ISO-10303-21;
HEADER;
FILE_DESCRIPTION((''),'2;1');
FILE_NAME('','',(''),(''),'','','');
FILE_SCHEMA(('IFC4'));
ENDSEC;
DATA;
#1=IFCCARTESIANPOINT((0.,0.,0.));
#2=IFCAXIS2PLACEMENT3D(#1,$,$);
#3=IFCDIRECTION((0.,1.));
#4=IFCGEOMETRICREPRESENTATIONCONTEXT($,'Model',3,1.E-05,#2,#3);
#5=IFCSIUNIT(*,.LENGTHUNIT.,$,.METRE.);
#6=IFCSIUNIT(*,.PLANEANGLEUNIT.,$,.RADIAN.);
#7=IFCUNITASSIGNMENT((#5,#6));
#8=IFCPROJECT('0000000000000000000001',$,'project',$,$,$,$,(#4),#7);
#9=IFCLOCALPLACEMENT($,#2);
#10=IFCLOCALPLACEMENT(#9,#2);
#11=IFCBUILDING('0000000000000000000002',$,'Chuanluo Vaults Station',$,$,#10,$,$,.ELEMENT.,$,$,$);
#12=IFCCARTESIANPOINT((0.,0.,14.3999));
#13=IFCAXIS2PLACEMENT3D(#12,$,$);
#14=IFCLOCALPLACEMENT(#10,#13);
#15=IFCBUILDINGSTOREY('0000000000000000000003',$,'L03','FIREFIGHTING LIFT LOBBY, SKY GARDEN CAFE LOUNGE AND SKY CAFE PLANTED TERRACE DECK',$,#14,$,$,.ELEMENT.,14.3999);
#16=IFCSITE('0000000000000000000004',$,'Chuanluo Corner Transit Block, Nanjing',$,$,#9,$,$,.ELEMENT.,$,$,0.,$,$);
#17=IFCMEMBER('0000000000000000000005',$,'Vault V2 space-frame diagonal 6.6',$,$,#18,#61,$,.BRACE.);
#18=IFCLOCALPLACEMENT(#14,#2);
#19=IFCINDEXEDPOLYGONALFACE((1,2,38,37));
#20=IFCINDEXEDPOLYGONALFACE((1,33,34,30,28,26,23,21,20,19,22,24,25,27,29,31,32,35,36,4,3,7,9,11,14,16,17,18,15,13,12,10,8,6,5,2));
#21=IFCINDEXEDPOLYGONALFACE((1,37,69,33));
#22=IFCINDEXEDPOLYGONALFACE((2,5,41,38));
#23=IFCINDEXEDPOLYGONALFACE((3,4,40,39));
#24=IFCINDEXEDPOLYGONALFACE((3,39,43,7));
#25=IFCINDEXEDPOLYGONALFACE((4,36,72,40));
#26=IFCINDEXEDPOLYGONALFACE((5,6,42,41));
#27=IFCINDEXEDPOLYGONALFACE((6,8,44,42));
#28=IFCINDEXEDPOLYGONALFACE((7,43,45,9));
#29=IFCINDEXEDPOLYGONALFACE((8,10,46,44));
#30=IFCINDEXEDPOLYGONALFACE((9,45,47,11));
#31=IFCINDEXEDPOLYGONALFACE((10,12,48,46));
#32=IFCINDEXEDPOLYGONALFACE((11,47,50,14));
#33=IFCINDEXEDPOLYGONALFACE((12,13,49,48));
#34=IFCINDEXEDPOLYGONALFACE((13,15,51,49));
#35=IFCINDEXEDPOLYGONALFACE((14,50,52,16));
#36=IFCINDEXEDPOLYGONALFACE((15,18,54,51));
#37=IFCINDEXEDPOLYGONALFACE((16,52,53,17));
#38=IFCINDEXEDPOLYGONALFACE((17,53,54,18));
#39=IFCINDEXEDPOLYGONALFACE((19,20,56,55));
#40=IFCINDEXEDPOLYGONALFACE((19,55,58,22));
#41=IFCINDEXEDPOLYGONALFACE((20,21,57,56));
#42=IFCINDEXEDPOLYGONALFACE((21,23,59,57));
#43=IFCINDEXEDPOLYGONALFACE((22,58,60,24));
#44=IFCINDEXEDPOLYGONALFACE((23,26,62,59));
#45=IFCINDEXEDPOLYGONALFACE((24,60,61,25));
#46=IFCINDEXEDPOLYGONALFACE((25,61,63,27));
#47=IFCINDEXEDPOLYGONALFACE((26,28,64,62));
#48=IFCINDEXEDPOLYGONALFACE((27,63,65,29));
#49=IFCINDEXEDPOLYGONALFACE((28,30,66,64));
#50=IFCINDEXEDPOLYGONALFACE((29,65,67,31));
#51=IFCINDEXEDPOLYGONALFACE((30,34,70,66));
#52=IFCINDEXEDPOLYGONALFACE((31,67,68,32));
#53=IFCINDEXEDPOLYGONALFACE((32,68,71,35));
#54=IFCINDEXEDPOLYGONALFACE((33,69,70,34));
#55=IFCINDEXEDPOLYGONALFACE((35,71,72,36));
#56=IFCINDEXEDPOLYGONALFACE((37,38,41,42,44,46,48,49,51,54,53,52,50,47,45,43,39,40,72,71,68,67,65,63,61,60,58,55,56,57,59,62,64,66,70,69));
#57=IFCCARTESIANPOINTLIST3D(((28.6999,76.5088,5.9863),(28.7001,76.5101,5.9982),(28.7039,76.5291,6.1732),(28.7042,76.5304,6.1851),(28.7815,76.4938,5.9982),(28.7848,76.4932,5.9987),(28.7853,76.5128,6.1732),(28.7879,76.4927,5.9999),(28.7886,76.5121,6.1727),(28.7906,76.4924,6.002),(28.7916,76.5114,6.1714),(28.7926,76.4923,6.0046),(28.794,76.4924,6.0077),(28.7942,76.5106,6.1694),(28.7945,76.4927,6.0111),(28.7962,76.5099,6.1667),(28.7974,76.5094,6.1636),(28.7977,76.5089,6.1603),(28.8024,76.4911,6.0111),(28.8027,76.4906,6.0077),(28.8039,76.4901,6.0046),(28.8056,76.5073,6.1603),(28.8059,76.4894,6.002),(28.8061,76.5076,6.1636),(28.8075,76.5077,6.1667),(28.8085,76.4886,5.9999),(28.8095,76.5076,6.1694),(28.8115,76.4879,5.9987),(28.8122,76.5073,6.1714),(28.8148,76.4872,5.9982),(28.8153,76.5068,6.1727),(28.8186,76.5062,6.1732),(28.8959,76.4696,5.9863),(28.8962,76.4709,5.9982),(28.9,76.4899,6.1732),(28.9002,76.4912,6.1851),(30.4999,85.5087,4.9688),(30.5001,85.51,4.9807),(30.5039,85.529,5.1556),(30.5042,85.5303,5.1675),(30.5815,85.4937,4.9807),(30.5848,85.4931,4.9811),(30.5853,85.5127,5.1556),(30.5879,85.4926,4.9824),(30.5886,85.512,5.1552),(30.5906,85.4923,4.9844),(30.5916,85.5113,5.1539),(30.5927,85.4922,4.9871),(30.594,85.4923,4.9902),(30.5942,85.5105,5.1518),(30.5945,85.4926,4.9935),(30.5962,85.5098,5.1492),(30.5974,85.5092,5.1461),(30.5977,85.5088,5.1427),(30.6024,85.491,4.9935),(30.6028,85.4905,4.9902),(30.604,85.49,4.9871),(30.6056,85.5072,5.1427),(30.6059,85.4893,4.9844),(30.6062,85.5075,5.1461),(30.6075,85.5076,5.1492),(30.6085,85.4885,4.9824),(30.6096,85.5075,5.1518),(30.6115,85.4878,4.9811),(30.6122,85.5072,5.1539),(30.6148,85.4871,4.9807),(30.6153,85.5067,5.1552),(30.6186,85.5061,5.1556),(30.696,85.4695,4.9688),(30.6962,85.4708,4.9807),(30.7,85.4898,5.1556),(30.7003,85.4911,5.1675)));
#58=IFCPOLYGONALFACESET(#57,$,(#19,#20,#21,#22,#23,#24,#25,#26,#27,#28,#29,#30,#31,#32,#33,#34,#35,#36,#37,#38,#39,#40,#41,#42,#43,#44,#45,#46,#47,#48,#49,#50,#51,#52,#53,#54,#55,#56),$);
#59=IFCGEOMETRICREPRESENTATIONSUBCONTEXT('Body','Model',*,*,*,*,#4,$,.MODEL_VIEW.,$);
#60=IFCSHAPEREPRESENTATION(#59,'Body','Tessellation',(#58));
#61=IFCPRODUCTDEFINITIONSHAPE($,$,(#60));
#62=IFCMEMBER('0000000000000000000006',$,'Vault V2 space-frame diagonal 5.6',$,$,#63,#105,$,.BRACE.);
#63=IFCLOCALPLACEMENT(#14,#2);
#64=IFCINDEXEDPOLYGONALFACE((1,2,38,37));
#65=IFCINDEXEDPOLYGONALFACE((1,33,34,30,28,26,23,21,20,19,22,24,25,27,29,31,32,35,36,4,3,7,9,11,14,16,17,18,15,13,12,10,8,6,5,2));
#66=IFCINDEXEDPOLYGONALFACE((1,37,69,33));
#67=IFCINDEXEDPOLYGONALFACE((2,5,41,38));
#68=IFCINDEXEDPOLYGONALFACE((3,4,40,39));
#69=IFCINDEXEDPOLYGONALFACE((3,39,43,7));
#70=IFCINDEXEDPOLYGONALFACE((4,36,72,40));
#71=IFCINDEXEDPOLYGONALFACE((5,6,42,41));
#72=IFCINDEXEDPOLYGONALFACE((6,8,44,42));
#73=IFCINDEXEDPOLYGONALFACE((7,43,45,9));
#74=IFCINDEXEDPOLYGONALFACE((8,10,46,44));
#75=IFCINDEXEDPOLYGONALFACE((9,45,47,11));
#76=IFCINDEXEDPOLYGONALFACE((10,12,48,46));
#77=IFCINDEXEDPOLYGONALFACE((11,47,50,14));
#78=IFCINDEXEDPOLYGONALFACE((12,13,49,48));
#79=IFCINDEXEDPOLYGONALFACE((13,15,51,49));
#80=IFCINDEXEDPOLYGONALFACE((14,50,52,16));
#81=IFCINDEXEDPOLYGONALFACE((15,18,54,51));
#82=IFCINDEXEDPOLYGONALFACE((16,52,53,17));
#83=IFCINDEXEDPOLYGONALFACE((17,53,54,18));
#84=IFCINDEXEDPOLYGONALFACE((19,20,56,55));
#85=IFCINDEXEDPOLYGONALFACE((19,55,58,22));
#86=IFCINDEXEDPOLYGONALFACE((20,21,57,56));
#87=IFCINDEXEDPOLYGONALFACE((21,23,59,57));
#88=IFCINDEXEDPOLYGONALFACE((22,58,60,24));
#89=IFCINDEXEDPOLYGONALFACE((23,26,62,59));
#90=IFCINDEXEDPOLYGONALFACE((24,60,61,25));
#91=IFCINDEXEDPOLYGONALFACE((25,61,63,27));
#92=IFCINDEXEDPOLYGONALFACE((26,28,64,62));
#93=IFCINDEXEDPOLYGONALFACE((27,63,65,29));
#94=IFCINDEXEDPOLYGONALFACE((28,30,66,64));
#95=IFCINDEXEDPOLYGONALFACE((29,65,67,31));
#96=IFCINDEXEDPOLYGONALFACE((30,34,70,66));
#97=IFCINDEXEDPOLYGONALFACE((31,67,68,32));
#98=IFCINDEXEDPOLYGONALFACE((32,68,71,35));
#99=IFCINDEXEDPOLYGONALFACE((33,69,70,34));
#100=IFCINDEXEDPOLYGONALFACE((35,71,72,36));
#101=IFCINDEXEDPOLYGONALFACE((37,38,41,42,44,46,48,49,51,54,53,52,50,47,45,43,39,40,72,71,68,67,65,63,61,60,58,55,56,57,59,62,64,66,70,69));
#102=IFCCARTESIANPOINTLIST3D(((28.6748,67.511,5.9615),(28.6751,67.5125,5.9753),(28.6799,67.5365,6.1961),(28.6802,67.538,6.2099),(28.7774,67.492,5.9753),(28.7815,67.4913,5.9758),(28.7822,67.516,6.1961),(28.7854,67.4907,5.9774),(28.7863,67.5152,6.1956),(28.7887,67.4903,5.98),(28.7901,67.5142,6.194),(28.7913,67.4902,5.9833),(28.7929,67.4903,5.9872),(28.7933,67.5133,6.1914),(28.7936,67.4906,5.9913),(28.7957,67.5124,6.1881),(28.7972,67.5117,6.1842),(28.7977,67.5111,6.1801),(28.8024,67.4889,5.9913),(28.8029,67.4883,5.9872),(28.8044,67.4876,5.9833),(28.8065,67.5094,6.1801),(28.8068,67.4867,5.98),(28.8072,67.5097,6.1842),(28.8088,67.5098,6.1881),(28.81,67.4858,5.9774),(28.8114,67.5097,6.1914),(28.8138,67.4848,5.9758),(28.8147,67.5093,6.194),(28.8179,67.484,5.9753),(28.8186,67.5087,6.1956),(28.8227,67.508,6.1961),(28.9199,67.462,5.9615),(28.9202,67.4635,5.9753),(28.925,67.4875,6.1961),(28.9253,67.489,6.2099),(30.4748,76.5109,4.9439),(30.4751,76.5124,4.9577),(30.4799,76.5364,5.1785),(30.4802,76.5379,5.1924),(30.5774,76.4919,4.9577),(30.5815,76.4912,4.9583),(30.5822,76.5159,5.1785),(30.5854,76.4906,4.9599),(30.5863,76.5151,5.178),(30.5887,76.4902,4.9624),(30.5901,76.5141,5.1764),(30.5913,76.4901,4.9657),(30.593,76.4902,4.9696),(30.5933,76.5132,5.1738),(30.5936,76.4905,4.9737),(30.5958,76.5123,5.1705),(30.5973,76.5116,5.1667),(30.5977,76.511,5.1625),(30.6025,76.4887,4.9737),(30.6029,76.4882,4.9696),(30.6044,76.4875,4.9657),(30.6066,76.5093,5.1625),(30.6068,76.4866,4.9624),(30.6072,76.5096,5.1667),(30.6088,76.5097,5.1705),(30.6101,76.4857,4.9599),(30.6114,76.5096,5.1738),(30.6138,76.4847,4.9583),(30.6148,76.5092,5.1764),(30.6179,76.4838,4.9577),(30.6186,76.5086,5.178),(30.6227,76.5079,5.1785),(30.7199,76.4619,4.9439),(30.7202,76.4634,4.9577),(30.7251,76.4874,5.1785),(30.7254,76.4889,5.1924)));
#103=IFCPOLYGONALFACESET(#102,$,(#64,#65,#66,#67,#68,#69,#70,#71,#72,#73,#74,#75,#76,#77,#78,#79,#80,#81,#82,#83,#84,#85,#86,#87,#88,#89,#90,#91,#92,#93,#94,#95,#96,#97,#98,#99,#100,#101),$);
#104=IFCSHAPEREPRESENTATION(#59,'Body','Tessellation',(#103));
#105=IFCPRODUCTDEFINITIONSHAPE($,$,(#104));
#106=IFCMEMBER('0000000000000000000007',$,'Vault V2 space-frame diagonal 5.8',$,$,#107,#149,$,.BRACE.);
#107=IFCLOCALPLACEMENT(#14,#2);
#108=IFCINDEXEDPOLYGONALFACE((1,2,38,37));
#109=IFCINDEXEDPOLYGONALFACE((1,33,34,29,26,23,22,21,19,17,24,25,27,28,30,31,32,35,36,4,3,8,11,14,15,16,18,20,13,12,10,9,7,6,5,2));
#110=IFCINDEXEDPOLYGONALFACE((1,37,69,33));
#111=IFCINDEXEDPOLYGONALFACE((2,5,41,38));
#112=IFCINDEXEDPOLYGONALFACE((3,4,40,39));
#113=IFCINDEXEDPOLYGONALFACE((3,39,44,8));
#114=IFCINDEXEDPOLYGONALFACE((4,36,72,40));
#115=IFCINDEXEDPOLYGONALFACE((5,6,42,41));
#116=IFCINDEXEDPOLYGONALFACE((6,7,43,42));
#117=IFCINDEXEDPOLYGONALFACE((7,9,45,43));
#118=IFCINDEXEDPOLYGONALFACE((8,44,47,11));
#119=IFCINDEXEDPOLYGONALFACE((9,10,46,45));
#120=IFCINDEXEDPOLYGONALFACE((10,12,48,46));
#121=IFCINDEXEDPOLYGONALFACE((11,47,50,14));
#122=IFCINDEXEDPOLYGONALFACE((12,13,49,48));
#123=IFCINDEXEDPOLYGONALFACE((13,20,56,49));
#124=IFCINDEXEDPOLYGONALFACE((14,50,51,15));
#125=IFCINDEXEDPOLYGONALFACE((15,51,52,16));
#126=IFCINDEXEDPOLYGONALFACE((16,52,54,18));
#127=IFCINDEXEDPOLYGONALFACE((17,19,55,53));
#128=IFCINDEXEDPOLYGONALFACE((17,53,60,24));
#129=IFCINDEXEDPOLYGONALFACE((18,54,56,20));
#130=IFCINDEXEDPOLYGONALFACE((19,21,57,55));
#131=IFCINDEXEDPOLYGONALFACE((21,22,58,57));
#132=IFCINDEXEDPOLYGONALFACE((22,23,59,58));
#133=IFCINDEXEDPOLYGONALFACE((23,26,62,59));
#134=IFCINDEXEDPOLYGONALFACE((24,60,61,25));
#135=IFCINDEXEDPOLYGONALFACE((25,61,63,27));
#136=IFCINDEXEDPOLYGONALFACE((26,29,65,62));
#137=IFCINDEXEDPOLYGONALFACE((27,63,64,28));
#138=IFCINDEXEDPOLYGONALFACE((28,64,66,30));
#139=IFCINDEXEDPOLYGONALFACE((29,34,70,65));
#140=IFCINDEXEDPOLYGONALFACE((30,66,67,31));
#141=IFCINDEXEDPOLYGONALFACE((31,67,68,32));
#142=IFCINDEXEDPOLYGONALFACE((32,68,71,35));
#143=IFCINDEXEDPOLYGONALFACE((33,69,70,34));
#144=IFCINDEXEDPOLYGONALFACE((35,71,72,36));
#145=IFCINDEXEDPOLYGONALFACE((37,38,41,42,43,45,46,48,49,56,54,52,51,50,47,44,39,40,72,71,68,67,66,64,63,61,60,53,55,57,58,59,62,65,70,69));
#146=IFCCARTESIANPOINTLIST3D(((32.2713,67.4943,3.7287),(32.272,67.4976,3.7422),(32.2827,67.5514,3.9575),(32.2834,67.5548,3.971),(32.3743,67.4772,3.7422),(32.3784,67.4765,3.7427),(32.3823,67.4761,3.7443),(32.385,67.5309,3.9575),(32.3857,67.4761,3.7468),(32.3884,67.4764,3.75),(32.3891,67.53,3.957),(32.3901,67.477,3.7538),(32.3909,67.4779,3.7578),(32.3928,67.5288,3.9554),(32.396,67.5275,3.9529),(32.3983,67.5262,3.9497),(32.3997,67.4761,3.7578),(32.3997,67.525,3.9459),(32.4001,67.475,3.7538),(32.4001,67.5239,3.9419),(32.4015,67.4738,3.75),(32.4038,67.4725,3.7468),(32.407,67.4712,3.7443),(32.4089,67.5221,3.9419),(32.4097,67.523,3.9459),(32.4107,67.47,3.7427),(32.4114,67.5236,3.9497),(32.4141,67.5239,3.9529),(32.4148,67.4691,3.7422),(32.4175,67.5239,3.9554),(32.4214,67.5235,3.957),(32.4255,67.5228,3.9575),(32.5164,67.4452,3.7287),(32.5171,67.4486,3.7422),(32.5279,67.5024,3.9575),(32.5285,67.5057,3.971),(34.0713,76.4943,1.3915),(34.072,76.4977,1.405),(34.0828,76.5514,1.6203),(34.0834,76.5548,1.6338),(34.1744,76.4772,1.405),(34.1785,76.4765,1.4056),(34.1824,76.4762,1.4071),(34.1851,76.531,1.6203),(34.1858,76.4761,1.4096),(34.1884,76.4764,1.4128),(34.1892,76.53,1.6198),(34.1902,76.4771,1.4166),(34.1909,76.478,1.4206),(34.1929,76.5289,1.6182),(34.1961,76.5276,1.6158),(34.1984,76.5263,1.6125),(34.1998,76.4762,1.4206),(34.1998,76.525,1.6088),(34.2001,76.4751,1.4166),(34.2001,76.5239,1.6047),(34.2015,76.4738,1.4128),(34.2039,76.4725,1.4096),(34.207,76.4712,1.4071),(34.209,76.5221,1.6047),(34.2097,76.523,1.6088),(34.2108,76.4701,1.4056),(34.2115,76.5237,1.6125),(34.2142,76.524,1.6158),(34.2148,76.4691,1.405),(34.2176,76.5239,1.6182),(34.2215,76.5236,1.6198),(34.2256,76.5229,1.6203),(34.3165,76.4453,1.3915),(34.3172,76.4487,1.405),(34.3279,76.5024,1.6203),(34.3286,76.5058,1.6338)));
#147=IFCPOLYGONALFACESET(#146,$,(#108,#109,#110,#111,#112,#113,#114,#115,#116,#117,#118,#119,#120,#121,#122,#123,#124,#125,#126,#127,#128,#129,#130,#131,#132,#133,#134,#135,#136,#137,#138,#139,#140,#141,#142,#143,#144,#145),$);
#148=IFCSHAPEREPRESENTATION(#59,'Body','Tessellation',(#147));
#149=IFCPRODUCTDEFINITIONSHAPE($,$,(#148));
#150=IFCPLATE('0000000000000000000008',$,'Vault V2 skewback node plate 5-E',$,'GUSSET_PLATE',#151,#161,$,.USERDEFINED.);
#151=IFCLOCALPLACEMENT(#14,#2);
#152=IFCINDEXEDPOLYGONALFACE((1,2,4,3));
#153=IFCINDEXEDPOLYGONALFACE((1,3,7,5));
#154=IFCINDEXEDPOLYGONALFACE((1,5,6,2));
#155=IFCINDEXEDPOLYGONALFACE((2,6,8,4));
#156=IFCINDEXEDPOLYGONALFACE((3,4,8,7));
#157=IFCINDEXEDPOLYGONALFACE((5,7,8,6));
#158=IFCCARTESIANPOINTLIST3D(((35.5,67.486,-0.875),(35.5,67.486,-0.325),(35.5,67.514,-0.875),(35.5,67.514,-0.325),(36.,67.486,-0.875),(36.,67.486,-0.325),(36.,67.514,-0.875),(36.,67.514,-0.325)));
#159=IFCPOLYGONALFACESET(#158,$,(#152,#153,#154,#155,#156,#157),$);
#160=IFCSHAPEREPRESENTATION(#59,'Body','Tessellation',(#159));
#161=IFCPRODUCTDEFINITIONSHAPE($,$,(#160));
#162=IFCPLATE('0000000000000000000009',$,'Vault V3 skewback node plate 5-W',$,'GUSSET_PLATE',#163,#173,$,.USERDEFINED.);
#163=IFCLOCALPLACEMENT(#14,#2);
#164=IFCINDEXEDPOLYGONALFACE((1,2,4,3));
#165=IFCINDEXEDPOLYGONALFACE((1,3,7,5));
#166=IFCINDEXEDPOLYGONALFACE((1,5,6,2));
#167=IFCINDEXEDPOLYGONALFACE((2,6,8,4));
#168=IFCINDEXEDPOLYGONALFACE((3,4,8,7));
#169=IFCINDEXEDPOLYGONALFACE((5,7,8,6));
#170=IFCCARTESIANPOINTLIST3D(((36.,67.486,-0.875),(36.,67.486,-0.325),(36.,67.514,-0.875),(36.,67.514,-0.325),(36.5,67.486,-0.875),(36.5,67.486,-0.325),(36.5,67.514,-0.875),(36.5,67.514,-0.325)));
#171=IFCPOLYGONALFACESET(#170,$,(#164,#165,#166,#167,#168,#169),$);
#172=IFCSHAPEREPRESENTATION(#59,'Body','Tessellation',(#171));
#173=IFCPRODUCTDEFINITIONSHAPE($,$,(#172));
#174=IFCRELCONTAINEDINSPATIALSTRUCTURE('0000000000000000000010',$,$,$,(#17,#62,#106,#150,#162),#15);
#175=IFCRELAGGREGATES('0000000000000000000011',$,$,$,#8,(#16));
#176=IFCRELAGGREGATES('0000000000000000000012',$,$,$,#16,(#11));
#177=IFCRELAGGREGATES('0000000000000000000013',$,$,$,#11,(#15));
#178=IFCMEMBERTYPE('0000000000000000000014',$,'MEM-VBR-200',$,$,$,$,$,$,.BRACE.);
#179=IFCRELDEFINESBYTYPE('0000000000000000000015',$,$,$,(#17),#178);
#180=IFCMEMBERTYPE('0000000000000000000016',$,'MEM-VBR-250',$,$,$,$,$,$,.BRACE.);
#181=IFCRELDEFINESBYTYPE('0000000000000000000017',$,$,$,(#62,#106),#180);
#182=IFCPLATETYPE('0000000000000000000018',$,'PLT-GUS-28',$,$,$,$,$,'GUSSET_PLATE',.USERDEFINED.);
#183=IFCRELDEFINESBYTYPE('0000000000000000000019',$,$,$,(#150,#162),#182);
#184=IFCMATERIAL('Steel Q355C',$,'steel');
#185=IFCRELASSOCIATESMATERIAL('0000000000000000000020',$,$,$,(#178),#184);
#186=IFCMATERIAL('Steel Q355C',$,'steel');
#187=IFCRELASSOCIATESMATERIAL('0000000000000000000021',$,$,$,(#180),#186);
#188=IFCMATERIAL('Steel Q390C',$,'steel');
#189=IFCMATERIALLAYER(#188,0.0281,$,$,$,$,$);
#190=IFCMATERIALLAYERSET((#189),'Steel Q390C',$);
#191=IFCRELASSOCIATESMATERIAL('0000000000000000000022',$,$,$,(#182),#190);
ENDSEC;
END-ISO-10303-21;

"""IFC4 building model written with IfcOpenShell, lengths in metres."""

from ifc_helpers import new_model, si_unit, direction, frame, origin, origin_2d, place, context, subcontext, project, spatial, rectangle, i_section, extrude, material, layer, layer_set, material_profile, profile_set, type_object, element, save


model = new_model("IFC4")

# Units and contexts
model_context = context("Model", 3, precision=1e-05, world=origin(), true_north=direction((0.0, 1.0)))
body_context = subcontext(model_context, "Body", "Model", "MODEL_VIEW")
ifc_project = project(units=[si_unit("LENGTHUNIT", "METRE"), si_unit("PLANEANGLEUNIT", "RADIAN")], contexts=[model_context])

# Site, building, storey
site_placement = place(None, origin())
site = spatial("IfcSite", under=ifc_project, at=site_placement, Name="Chuanluo Corner Transit Block, Nanjing", CompositionType="ELEMENT", RefElevation=0.0)
building_placement = place(site_placement, origin())
building = spatial("IfcBuilding", under=site, at=building_placement, Name="Chuanluo Vaults Station", CompositionType="ELEMENT")
storey_placement = place(building_placement, frame((0.0, 0.0, 14.3999)))
storey = spatial("IfcBuildingStorey", under=building, at=storey_placement, Name="L03", Description="FIREFIGHTING LIFT LOBBY, SKY GARDEN CAFE LOUNGE AND SKY CAFE PLANTED TERRACE DECK", CompositionType="ELEMENT", Elevation=14.3999)

# Members
ifc_material_1 = material(Name="Steel Q355C", Category="steel")
ifc_material_profile_1 = material_profile(ifc_material_1, i_section(OverallWidth=0.2, OverallDepth=0.2, WebThickness=0.0081, FlangeThickness=0.012, FilletRadius=0.0129, at=origin_2d()))
ifc_profile_set_1 = profile_set([ifc_material_profile_1], Name="Steel Q355C")
member_type_1 = type_object("IfcMemberType", Name="MEM-VBR-200", PredefinedType="BRACE", material=ifc_profile_set_1)
member_1_placement = place(storey_placement, frame((28.8, 76.5, 6.0857), z_axis=(0.194927, 0.974608, -0.110193), x_axis=(-0.98058, 0.196121, 0.0)))
element("IfcMember", 1, at=member_1_placement, inside=storey, type_object=member_type_1, Name="Vault V2 space-frame diagonal 6.6", PredefinedType="BRACE", context=body_context, shape_type="SweptSolid", body=[
    extrude(i_section(OverallWidth=0.2, OverallDepth=0.2, WebThickness=0.0081, FlangeThickness=0.012, FilletRadius=0.0129, at=origin_2d()), origin(), (0.0, 0.0, 1.0), 9.2344),
])
ifc_material_2 = material(Name="Steel Q355C", Category="steel")
ifc_material_profile_2 = material_profile(ifc_material_2, i_section(OverallWidth=0.25, OverallDepth=0.25, WebThickness=0.009, FlangeThickness=0.0139, FilletRadius=0.0161, at=origin_2d()))
ifc_profile_set_2 = profile_set([ifc_material_profile_2], Name="Steel Q355C")
member_type_2 = type_object("IfcMemberType", Name="MEM-VBR-250", PredefinedType="BRACE", material=ifc_profile_set_2)
member_2_placement = place(storey_placement, frame((28.8, 67.5, 6.0857), z_axis=(0.194927, 0.974608, -0.110193), x_axis=(-0.98058, 0.196121, 0.0)))
element("IfcMember", 2, at=member_2_placement, inside=storey, type_object=member_type_2, Name="Vault V2 space-frame diagonal 5.6", PredefinedType="BRACE", context=body_context, shape_type="SweptSolid", body=[
    extrude(i_section(OverallWidth=0.25, OverallDepth=0.25, WebThickness=0.009, FlangeThickness=0.0139, FilletRadius=0.0161, at=origin_2d()), origin(), (0.0, 0.0, 1.0), 9.2344),
])
member_3_placement = place(storey_placement, frame((32.3999, 67.5, 3.8499), z_axis=(0.190056, 0.950255, -0.246766), x_axis=(-0.98058, 0.196121, 0.0)))
element("IfcMember", 3, at=member_3_placement, inside=storey, type_object=member_type_2, Name="Vault V2 space-frame diagonal 5.8", PredefinedType="BRACE", context=body_context, shape_type="SweptSolid", body=[
    extrude(i_section(OverallWidth=0.25, OverallDepth=0.25, WebThickness=0.009, FlangeThickness=0.0139, FilletRadius=0.0161, at=origin_2d()), origin(), (0.0, 0.0, 1.0), 9.4712),
])

# Plates
ifc_material_3 = material(Name="Steel Q390C", Category="steel")
ifc_layer = layer(ifc_material_3, 0.0281)
ifc_layer_set = layer_set([ifc_layer], Name="Steel Q390C")
plate_type = type_object("IfcPlateType", Name="PLT-GUS-28", ElementType="GUSSET_PLATE", PredefinedType="USERDEFINED", material=ifc_layer_set)
for number, where, z_axis, x_axis, name in (
    (4, (35.75, 67.5, -0.875), (0.0, 0.0, 1.0), (1.0, 0.0, 0.0), "Vault V2 skewback node plate 5-E"),
    (5, (36.25, 67.5, -0.875), (0.0, 0.0, 1.0), (1.0, 0.0, 0.0), "Vault V3 skewback node plate 5-W"),
):
    element("IfcPlate", number, at=place(storey_placement, frame(where, z_axis=z_axis, x_axis=x_axis)), inside=storey, type_object=plate_type, Name=name, ObjectType="GUSSET_PLATE", PredefinedType="USERDEFINED", context=body_context, shape_type="SweptSolid", body=[
        extrude(rectangle(XDim=0.5, YDim=0.0281, at=origin_2d()), origin(), (0.0, 0.0, 1.0), 0.55),
    ])

save(model, "model.ifc")
